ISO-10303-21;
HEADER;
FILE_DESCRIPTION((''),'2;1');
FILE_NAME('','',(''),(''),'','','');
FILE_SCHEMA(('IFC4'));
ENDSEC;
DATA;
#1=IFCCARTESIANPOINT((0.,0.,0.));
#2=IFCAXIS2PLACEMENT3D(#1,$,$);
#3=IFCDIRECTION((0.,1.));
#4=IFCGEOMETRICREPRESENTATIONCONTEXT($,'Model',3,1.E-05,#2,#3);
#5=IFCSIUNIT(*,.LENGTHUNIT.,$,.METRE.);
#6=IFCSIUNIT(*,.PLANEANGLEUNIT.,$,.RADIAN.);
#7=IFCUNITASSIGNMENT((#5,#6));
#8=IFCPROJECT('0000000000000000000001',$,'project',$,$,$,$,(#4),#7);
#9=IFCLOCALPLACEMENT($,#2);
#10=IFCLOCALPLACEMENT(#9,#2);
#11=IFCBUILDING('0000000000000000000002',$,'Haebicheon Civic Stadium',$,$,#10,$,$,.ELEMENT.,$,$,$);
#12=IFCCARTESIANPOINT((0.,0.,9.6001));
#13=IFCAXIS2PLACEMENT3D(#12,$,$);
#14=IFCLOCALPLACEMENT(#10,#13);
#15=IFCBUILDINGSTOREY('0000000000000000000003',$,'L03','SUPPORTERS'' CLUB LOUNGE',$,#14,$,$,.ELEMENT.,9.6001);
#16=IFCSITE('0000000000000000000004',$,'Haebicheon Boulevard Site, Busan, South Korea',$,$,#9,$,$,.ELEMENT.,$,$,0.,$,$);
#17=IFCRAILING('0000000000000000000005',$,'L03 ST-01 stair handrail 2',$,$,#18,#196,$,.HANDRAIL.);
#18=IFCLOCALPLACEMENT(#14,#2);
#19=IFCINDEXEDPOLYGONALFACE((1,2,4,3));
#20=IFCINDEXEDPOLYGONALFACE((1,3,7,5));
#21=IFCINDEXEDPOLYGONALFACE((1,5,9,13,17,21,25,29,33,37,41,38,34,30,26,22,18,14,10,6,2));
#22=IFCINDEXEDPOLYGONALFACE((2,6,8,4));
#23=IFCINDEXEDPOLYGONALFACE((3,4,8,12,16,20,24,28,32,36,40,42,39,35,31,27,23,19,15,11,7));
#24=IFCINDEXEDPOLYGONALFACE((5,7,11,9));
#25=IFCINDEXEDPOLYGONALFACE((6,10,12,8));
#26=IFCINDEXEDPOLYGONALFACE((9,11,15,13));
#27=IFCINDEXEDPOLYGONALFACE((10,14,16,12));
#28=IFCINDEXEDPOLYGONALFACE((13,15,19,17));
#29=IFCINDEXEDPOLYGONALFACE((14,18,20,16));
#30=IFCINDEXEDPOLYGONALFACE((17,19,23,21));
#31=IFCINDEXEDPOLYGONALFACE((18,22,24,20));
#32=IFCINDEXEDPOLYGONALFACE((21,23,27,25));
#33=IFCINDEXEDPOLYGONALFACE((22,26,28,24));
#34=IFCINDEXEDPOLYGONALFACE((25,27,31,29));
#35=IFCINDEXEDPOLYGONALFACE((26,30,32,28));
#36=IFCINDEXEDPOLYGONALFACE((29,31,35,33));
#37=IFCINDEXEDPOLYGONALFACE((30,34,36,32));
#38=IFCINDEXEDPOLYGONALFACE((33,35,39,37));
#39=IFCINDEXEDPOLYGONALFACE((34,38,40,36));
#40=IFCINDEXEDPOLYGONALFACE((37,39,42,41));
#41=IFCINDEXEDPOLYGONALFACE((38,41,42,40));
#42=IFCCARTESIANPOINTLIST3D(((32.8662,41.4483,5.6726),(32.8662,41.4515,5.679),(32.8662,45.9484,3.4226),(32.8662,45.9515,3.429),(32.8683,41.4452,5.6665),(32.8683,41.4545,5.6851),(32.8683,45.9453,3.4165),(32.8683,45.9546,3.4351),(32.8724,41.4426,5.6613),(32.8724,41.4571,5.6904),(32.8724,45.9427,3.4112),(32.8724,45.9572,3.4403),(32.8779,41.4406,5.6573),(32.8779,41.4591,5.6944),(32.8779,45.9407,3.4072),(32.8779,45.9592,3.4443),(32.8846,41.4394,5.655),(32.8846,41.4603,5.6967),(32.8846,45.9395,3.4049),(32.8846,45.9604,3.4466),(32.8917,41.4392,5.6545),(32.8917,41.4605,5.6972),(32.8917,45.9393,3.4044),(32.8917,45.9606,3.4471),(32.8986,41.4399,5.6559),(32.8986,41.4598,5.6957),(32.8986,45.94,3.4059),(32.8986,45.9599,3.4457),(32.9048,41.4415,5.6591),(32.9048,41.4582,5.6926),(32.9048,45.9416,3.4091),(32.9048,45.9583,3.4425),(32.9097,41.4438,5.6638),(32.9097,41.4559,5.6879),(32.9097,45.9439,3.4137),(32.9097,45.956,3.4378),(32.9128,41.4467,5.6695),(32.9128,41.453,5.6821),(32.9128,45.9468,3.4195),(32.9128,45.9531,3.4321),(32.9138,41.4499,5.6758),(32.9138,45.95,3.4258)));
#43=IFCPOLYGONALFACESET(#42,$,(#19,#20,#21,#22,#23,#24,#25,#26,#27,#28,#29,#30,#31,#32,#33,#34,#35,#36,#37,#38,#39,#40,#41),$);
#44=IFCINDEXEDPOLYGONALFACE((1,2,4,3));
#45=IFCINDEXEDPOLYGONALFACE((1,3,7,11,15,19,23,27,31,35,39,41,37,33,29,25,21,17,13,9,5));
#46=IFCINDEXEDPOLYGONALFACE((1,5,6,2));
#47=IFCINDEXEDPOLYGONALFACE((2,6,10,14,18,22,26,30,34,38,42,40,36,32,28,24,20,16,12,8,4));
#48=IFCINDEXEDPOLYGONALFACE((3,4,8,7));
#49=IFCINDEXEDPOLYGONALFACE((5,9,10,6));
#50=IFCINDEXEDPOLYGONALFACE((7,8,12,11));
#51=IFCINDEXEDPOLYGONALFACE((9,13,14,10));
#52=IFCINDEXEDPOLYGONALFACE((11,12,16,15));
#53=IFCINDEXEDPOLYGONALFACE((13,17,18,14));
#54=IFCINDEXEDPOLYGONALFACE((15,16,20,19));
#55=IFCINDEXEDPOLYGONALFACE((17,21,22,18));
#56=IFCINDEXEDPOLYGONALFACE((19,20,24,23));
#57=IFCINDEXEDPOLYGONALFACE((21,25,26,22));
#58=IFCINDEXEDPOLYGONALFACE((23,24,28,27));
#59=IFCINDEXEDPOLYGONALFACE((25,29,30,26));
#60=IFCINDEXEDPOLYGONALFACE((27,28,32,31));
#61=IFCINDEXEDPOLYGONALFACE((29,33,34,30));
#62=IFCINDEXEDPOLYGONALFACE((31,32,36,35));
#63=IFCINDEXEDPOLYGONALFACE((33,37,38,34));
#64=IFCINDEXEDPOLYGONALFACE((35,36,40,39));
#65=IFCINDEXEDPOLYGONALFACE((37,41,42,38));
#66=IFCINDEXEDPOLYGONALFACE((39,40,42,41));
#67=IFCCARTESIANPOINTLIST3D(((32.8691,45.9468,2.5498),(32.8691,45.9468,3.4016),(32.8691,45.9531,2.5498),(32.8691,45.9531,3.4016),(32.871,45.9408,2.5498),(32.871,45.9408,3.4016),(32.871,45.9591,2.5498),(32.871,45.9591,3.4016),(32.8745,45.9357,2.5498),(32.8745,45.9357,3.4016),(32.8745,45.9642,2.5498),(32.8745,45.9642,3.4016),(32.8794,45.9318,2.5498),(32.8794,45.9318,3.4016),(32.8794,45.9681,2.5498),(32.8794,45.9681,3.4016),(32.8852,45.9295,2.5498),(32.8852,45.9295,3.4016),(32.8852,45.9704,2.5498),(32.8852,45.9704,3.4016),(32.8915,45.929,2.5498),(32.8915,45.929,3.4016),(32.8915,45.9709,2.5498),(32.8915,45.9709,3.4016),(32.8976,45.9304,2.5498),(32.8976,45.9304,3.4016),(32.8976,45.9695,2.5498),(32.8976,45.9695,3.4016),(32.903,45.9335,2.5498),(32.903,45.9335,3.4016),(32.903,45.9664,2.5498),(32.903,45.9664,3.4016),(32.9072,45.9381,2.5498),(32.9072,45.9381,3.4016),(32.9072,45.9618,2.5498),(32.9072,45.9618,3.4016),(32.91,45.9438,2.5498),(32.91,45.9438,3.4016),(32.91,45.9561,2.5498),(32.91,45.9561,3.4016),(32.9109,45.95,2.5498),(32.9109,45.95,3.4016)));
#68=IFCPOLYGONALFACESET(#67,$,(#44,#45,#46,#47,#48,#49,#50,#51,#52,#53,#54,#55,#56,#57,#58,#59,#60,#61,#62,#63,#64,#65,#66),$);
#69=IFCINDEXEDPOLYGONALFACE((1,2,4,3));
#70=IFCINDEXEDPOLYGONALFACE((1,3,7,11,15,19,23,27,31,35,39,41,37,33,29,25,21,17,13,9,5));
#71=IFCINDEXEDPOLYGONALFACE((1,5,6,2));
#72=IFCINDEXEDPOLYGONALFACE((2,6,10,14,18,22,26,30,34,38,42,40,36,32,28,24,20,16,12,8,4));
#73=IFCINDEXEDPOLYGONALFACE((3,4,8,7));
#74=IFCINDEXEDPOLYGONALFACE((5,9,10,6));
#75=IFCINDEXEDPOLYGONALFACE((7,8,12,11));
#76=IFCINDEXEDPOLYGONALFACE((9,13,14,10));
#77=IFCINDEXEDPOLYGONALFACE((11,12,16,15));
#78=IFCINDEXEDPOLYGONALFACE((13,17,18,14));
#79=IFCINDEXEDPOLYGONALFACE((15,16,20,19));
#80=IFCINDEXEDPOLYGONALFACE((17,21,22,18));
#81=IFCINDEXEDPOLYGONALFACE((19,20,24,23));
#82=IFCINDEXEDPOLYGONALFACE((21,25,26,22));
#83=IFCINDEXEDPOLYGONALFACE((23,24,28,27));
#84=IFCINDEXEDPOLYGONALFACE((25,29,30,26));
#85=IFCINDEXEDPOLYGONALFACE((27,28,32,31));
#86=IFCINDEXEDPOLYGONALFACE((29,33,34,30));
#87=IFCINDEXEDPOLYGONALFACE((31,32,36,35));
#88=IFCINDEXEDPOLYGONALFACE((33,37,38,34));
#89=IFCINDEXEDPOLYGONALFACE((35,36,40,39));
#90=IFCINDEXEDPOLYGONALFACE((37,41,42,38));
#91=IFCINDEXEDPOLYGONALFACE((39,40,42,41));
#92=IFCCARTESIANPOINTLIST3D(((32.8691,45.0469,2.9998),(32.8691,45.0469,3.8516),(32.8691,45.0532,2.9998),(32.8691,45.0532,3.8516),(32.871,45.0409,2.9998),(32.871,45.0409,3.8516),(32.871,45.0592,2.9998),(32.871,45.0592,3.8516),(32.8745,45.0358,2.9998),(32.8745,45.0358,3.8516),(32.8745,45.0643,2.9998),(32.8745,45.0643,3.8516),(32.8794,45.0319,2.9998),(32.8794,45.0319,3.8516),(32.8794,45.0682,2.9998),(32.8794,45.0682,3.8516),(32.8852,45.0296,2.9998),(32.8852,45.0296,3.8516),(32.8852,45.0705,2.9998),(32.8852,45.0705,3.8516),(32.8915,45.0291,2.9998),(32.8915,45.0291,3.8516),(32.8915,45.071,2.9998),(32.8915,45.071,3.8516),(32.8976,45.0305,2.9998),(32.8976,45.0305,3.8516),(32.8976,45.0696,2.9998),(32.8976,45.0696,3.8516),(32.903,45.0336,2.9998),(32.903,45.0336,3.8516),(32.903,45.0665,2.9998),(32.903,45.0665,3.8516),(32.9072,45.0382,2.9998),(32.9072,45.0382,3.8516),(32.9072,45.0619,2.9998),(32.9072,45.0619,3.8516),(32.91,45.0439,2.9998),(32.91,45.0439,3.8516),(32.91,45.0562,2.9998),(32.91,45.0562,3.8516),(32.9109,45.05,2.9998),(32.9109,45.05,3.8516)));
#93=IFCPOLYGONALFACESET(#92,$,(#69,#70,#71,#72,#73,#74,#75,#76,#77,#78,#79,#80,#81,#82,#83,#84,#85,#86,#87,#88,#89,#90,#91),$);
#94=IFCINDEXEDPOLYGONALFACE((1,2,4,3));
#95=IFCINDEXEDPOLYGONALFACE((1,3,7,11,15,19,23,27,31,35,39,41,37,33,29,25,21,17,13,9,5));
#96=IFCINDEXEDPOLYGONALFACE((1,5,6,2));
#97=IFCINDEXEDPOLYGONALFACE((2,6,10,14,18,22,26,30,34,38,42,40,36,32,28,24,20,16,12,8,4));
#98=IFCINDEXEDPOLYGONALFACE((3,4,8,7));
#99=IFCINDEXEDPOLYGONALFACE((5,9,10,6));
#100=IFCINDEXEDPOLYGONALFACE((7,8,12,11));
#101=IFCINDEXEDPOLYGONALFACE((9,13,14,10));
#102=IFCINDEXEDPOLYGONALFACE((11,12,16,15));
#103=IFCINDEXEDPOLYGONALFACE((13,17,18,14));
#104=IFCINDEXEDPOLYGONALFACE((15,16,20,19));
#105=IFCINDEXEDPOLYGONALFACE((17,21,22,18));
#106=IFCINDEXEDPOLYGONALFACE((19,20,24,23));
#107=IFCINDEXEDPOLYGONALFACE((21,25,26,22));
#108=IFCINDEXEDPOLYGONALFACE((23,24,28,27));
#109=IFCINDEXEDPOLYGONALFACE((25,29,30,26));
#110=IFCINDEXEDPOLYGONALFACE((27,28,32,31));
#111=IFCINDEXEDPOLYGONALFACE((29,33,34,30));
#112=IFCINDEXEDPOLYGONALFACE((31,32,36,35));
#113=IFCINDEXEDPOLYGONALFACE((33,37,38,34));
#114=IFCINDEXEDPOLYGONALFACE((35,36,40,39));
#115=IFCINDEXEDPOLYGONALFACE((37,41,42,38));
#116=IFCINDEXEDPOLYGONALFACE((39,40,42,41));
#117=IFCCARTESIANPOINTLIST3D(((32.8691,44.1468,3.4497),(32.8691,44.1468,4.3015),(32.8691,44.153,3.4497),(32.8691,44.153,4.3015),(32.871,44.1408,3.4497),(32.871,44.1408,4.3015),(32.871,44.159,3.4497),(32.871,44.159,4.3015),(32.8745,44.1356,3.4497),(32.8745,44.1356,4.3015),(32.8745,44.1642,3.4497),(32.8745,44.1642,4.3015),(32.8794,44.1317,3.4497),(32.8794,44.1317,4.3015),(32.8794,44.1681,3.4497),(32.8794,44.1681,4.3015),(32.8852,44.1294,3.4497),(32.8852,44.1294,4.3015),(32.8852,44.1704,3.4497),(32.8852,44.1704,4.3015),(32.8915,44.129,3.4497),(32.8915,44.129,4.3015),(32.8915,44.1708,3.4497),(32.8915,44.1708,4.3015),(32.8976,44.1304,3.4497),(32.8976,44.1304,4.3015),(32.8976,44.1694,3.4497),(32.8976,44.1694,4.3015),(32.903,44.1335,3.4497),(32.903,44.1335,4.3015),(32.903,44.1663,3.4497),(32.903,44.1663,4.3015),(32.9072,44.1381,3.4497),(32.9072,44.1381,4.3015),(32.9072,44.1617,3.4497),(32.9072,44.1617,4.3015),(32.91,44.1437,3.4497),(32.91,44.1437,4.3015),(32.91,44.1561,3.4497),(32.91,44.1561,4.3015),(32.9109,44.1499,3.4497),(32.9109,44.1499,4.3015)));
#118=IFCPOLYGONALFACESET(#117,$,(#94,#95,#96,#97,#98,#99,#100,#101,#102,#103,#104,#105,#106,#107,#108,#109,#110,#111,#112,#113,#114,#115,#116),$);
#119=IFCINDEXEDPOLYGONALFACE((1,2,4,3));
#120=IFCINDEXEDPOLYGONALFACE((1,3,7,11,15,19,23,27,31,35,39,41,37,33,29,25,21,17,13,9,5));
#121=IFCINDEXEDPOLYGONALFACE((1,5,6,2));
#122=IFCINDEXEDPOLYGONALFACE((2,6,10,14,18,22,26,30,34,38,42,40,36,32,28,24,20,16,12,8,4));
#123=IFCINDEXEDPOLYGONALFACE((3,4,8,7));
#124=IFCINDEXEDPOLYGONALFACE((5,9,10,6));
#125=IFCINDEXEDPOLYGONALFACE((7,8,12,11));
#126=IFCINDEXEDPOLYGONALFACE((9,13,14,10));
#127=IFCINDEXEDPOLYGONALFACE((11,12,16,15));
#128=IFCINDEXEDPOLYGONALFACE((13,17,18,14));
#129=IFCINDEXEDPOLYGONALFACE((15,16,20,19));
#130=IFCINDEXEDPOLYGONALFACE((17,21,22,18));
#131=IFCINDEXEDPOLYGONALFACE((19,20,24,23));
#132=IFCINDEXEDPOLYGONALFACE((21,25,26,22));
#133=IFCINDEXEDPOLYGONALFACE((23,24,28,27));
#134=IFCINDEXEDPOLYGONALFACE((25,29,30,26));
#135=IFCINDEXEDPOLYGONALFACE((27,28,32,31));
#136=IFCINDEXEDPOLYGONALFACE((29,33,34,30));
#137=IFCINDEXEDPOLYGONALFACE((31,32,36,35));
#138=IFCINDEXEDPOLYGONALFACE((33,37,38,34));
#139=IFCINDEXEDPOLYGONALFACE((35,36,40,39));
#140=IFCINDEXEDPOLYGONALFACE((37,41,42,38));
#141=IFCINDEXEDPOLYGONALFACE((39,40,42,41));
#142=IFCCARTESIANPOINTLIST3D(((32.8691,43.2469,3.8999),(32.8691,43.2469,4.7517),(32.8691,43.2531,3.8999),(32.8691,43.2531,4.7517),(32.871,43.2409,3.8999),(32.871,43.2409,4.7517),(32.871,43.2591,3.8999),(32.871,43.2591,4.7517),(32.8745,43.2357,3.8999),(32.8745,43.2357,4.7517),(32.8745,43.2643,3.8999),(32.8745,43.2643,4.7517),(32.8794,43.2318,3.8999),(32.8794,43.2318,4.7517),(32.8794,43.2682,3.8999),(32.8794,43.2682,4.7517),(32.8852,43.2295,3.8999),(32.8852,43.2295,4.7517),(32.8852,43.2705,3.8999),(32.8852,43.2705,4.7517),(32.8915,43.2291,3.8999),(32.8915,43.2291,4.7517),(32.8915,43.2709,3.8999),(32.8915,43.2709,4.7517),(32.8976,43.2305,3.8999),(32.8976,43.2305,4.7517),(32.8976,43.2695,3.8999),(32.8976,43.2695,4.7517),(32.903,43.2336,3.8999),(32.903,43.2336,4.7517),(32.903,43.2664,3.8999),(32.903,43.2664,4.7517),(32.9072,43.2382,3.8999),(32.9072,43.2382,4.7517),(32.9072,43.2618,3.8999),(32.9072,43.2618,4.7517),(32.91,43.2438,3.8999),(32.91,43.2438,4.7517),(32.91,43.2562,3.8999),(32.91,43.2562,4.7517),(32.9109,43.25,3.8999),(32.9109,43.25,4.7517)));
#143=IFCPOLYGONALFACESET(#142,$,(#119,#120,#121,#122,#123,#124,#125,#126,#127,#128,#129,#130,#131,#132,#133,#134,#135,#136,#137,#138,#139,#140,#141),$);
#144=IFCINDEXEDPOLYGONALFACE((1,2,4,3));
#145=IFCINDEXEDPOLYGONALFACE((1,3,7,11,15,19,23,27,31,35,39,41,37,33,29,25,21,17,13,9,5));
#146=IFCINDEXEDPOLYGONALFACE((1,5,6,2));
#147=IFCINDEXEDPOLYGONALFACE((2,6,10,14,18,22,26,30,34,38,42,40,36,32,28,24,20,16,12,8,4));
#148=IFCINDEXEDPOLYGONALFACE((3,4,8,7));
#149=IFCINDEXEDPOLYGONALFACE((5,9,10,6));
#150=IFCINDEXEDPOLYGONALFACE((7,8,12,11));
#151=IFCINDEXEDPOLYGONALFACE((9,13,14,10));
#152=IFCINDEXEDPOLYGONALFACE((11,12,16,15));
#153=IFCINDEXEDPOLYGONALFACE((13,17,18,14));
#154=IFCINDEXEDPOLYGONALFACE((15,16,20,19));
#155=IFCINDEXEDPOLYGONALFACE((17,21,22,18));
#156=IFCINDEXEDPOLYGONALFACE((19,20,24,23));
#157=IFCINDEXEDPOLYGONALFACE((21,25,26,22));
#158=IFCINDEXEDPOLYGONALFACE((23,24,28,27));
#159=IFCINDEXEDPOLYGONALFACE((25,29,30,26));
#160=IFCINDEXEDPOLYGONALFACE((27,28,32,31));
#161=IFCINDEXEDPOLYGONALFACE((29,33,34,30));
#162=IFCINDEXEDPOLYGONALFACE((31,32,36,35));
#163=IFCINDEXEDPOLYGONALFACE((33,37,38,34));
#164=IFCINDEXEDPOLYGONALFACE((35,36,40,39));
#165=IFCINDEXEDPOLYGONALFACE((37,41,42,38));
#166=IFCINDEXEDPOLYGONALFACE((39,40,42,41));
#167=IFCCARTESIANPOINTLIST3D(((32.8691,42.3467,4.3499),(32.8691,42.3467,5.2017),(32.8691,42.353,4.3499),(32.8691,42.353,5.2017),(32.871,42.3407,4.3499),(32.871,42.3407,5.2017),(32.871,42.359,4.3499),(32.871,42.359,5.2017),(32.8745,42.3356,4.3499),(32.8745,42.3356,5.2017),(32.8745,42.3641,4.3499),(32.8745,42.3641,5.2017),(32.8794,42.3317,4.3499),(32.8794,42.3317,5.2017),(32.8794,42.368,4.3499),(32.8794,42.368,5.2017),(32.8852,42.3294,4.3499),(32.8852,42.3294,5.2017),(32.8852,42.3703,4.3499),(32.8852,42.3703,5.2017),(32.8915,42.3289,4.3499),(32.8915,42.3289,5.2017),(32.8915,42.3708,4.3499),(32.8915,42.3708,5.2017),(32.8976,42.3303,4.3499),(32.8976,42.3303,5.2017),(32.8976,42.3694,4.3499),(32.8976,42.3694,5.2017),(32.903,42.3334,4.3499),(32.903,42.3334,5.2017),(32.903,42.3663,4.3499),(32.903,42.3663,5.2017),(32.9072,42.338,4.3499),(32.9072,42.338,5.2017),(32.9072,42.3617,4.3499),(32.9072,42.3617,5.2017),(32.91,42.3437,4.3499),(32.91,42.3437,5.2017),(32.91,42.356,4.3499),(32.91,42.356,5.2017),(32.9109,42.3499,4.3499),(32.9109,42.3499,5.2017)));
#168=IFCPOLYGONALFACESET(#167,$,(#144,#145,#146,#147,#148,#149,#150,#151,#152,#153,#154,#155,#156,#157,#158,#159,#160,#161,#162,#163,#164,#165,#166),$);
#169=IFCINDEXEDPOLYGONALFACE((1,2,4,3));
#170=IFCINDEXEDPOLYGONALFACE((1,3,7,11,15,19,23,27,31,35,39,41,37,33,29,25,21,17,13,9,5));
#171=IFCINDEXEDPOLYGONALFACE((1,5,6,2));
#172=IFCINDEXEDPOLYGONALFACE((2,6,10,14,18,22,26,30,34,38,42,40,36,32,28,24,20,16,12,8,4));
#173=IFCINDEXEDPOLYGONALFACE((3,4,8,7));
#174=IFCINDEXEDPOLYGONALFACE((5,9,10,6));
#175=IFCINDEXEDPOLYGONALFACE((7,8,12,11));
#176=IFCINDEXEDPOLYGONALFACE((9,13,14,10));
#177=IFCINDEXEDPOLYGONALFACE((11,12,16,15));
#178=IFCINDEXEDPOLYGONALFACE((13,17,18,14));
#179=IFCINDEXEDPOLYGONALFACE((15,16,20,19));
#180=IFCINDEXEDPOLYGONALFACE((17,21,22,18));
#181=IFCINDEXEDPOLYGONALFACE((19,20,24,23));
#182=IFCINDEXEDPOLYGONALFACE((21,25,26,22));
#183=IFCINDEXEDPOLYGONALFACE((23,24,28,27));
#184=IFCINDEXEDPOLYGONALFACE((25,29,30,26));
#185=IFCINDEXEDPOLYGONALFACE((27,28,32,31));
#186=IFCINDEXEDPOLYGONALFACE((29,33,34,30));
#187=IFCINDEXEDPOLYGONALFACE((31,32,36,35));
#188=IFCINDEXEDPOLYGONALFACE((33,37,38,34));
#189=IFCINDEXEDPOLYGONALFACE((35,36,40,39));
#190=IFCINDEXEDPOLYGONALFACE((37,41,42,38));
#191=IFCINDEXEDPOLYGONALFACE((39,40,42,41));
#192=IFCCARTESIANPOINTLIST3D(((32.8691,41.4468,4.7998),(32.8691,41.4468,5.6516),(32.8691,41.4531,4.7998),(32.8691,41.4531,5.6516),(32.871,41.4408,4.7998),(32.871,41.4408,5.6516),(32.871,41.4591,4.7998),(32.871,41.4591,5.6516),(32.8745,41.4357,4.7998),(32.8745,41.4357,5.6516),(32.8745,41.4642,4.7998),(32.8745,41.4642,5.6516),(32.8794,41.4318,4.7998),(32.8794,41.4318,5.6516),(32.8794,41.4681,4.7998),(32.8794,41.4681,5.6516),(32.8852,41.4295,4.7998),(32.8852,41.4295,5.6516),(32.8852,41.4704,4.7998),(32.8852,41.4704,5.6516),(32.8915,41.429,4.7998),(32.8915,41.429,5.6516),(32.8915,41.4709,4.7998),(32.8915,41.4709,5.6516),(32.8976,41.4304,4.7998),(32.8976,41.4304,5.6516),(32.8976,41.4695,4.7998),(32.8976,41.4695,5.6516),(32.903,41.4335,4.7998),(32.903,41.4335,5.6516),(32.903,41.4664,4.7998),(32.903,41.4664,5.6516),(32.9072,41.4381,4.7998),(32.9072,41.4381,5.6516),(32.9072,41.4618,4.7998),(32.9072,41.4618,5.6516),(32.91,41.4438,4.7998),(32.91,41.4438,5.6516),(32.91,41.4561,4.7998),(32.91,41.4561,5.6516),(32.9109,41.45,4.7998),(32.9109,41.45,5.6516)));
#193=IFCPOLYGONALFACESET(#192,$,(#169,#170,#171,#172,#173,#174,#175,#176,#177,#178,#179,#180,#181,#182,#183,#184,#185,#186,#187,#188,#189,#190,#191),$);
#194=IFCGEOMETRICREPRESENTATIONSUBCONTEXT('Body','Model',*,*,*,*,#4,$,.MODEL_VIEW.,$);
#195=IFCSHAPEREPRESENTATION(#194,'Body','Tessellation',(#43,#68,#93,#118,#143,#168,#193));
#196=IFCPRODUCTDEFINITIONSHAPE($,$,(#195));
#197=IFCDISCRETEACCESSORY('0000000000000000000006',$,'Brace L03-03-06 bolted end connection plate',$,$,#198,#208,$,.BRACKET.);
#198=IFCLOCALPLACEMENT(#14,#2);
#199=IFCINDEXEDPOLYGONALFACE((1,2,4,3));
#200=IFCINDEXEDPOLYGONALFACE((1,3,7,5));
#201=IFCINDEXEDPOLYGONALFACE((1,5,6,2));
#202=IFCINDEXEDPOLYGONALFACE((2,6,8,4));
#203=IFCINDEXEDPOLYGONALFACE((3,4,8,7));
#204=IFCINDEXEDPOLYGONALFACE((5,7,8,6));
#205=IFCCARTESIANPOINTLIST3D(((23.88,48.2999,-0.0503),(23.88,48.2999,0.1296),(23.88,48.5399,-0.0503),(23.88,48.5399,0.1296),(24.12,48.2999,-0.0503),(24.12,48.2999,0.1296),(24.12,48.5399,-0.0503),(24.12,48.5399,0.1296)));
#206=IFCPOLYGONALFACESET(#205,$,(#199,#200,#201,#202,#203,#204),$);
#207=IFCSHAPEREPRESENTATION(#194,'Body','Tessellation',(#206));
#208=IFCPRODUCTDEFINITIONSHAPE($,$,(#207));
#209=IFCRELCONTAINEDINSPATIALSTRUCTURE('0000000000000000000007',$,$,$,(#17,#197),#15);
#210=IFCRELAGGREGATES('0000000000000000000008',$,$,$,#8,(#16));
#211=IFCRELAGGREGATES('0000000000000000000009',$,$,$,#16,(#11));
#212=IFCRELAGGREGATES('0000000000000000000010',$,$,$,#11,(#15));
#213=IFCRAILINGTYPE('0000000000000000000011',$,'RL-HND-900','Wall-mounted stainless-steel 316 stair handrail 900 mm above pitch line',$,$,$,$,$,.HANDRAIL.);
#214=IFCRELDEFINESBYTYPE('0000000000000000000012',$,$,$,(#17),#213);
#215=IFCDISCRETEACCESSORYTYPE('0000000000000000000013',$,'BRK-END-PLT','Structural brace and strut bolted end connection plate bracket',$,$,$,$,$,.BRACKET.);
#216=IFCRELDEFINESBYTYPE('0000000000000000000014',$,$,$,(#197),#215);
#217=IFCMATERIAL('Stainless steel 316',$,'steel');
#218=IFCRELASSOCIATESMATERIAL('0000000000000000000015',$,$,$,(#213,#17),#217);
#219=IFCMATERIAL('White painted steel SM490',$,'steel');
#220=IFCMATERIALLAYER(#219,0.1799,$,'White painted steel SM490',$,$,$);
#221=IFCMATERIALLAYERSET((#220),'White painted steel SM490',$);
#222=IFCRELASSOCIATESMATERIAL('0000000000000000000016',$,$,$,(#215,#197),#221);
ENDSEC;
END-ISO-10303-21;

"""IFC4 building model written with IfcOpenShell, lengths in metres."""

from ifc_helpers import new_model, si_unit, direction, frame, origin, origin_2d, place, context, subcontext, project, spatial, rectangle, circle, extrude, material, layer, layer_set, type_object, element, save


model = new_model("IFC4")

# Units and contexts
model_context = context("Model", 3, precision=1e-05, world=origin(), true_north=direction((0.0, 1.0)))
body_context = subcontext(model_context, "Body", "Model", "MODEL_VIEW")
ifc_project = project(units=[si_unit("LENGTHUNIT", "METRE"), si_unit("PLANEANGLEUNIT", "RADIAN")], contexts=[model_context])

# Site, building, storey
site_placement = place(None, origin())
site = spatial("IfcSite", under=ifc_project, at=site_placement, Name="Haebicheon Boulevard Site, Busan, South Korea", CompositionType="ELEMENT", RefElevation=0.0)
building_placement = place(site_placement, origin())
building = spatial("IfcBuilding", under=site, at=building_placement, Name="Haebicheon Civic Stadium", CompositionType="ELEMENT")
storey_placement = place(building_placement, frame((0.0, 0.0, 9.6001)))
storey = spatial("IfcBuildingStorey", under=building, at=storey_placement, Name="L03", Description="SUPPORTERS' CLUB LOUNGE", CompositionType="ELEMENT", Elevation=9.6001)

# Railing
ifc_material_1 = material(Name="Stainless steel 316", Category="steel")
railing_type_1 = type_object("IfcRailingType", Name="RL-HND-900", Description="Wall-mounted stainless-steel 316 stair handrail 900 mm above pitch line", PredefinedType="HANDRAIL", material=ifc_material_1)
railing_1_placement = place(storey_placement, frame((32.8899, 45.95, 2.5498)))
element("IfcRailing", 1, at=railing_1_placement, inside=storey, type_object=railing_type_1, material=ifc_material_1, Name="L03 ST-01 stair handrail 2", PredefinedType="HANDRAIL", context=body_context, shape_type="SweptSolid", body=[
    extrude(circle(Radius=0.0239, at=origin_2d()), frame((0.0, 0.0, 0.876), z_axis=(0.0, -0.894427, 0.447214), x_axis=(1.0, 0.0, 0.0)), (0.0, 0.0, 1.0), 5.0312),
    extrude(circle(Radius=0.021, at=origin_2d()), origin(), (0.0, 0.0, 1.0), 0.8518),
    extrude(circle(Radius=0.021, at=origin_2d()), frame((0.0, -0.8999, 0.45)), (0.0, 0.0, 1.0), 0.8518),
    extrude(circle(Radius=0.021, at=origin_2d()), frame((0.0, -1.8, 0.8999)), (0.0, 0.0, 1.0), 0.8518),
    extrude(circle(Radius=0.021, at=origin_2d()), frame((0.0, -2.7, 1.3501)), (0.0, 0.0, 1.0), 0.8518),
    extrude(circle(Radius=0.021, at=origin_2d()), frame((0.0, -3.6001, 1.8)), (0.0, 0.0, 1.0), 0.8518),
    extrude(circle(Radius=0.021, at=origin_2d()), frame((0.0, -4.5, 2.25)), (0.0, 0.0, 1.0), 0.8518),
])

# Discrete accessory
ifc_material_2 = material(Name="White painted steel SM490", Category="steel")
ifc_layer_1 = layer(ifc_material_2, 0.1799, Name="White painted steel SM490")
ifc_layer_set_1 = layer_set([ifc_layer_1], Name="White painted steel SM490")
discrete_accessory_type = type_object("IfcDiscreteAccessoryType", Name="BRK-END-PLT", Description="Structural brace and strut bolted end connection plate bracket", PredefinedType="BRACKET", material=ifc_layer_set_1)
discrete_accessory_placement = place(storey_placement, frame((24.0, 48.4199, -0.0503), z_axis=(0.0, 0.0, 1.0), x_axis=(1.0, 0.0, 0.0)))
element("IfcDiscreteAccessory", 2, at=discrete_accessory_placement, inside=storey, type_object=discrete_accessory_type, material=ifc_layer_set_1, Name="Brace L03-03-06 bolted end connection plate", PredefinedType="BRACKET", context=body_context, shape_type="SweptSolid", body=[
    extrude(rectangle(XDim=0.24, YDim=0.24, at=origin_2d()), origin(), (0.0, 0.0, 1.0), 0.1799),
])

save(model, "model.ifc")
